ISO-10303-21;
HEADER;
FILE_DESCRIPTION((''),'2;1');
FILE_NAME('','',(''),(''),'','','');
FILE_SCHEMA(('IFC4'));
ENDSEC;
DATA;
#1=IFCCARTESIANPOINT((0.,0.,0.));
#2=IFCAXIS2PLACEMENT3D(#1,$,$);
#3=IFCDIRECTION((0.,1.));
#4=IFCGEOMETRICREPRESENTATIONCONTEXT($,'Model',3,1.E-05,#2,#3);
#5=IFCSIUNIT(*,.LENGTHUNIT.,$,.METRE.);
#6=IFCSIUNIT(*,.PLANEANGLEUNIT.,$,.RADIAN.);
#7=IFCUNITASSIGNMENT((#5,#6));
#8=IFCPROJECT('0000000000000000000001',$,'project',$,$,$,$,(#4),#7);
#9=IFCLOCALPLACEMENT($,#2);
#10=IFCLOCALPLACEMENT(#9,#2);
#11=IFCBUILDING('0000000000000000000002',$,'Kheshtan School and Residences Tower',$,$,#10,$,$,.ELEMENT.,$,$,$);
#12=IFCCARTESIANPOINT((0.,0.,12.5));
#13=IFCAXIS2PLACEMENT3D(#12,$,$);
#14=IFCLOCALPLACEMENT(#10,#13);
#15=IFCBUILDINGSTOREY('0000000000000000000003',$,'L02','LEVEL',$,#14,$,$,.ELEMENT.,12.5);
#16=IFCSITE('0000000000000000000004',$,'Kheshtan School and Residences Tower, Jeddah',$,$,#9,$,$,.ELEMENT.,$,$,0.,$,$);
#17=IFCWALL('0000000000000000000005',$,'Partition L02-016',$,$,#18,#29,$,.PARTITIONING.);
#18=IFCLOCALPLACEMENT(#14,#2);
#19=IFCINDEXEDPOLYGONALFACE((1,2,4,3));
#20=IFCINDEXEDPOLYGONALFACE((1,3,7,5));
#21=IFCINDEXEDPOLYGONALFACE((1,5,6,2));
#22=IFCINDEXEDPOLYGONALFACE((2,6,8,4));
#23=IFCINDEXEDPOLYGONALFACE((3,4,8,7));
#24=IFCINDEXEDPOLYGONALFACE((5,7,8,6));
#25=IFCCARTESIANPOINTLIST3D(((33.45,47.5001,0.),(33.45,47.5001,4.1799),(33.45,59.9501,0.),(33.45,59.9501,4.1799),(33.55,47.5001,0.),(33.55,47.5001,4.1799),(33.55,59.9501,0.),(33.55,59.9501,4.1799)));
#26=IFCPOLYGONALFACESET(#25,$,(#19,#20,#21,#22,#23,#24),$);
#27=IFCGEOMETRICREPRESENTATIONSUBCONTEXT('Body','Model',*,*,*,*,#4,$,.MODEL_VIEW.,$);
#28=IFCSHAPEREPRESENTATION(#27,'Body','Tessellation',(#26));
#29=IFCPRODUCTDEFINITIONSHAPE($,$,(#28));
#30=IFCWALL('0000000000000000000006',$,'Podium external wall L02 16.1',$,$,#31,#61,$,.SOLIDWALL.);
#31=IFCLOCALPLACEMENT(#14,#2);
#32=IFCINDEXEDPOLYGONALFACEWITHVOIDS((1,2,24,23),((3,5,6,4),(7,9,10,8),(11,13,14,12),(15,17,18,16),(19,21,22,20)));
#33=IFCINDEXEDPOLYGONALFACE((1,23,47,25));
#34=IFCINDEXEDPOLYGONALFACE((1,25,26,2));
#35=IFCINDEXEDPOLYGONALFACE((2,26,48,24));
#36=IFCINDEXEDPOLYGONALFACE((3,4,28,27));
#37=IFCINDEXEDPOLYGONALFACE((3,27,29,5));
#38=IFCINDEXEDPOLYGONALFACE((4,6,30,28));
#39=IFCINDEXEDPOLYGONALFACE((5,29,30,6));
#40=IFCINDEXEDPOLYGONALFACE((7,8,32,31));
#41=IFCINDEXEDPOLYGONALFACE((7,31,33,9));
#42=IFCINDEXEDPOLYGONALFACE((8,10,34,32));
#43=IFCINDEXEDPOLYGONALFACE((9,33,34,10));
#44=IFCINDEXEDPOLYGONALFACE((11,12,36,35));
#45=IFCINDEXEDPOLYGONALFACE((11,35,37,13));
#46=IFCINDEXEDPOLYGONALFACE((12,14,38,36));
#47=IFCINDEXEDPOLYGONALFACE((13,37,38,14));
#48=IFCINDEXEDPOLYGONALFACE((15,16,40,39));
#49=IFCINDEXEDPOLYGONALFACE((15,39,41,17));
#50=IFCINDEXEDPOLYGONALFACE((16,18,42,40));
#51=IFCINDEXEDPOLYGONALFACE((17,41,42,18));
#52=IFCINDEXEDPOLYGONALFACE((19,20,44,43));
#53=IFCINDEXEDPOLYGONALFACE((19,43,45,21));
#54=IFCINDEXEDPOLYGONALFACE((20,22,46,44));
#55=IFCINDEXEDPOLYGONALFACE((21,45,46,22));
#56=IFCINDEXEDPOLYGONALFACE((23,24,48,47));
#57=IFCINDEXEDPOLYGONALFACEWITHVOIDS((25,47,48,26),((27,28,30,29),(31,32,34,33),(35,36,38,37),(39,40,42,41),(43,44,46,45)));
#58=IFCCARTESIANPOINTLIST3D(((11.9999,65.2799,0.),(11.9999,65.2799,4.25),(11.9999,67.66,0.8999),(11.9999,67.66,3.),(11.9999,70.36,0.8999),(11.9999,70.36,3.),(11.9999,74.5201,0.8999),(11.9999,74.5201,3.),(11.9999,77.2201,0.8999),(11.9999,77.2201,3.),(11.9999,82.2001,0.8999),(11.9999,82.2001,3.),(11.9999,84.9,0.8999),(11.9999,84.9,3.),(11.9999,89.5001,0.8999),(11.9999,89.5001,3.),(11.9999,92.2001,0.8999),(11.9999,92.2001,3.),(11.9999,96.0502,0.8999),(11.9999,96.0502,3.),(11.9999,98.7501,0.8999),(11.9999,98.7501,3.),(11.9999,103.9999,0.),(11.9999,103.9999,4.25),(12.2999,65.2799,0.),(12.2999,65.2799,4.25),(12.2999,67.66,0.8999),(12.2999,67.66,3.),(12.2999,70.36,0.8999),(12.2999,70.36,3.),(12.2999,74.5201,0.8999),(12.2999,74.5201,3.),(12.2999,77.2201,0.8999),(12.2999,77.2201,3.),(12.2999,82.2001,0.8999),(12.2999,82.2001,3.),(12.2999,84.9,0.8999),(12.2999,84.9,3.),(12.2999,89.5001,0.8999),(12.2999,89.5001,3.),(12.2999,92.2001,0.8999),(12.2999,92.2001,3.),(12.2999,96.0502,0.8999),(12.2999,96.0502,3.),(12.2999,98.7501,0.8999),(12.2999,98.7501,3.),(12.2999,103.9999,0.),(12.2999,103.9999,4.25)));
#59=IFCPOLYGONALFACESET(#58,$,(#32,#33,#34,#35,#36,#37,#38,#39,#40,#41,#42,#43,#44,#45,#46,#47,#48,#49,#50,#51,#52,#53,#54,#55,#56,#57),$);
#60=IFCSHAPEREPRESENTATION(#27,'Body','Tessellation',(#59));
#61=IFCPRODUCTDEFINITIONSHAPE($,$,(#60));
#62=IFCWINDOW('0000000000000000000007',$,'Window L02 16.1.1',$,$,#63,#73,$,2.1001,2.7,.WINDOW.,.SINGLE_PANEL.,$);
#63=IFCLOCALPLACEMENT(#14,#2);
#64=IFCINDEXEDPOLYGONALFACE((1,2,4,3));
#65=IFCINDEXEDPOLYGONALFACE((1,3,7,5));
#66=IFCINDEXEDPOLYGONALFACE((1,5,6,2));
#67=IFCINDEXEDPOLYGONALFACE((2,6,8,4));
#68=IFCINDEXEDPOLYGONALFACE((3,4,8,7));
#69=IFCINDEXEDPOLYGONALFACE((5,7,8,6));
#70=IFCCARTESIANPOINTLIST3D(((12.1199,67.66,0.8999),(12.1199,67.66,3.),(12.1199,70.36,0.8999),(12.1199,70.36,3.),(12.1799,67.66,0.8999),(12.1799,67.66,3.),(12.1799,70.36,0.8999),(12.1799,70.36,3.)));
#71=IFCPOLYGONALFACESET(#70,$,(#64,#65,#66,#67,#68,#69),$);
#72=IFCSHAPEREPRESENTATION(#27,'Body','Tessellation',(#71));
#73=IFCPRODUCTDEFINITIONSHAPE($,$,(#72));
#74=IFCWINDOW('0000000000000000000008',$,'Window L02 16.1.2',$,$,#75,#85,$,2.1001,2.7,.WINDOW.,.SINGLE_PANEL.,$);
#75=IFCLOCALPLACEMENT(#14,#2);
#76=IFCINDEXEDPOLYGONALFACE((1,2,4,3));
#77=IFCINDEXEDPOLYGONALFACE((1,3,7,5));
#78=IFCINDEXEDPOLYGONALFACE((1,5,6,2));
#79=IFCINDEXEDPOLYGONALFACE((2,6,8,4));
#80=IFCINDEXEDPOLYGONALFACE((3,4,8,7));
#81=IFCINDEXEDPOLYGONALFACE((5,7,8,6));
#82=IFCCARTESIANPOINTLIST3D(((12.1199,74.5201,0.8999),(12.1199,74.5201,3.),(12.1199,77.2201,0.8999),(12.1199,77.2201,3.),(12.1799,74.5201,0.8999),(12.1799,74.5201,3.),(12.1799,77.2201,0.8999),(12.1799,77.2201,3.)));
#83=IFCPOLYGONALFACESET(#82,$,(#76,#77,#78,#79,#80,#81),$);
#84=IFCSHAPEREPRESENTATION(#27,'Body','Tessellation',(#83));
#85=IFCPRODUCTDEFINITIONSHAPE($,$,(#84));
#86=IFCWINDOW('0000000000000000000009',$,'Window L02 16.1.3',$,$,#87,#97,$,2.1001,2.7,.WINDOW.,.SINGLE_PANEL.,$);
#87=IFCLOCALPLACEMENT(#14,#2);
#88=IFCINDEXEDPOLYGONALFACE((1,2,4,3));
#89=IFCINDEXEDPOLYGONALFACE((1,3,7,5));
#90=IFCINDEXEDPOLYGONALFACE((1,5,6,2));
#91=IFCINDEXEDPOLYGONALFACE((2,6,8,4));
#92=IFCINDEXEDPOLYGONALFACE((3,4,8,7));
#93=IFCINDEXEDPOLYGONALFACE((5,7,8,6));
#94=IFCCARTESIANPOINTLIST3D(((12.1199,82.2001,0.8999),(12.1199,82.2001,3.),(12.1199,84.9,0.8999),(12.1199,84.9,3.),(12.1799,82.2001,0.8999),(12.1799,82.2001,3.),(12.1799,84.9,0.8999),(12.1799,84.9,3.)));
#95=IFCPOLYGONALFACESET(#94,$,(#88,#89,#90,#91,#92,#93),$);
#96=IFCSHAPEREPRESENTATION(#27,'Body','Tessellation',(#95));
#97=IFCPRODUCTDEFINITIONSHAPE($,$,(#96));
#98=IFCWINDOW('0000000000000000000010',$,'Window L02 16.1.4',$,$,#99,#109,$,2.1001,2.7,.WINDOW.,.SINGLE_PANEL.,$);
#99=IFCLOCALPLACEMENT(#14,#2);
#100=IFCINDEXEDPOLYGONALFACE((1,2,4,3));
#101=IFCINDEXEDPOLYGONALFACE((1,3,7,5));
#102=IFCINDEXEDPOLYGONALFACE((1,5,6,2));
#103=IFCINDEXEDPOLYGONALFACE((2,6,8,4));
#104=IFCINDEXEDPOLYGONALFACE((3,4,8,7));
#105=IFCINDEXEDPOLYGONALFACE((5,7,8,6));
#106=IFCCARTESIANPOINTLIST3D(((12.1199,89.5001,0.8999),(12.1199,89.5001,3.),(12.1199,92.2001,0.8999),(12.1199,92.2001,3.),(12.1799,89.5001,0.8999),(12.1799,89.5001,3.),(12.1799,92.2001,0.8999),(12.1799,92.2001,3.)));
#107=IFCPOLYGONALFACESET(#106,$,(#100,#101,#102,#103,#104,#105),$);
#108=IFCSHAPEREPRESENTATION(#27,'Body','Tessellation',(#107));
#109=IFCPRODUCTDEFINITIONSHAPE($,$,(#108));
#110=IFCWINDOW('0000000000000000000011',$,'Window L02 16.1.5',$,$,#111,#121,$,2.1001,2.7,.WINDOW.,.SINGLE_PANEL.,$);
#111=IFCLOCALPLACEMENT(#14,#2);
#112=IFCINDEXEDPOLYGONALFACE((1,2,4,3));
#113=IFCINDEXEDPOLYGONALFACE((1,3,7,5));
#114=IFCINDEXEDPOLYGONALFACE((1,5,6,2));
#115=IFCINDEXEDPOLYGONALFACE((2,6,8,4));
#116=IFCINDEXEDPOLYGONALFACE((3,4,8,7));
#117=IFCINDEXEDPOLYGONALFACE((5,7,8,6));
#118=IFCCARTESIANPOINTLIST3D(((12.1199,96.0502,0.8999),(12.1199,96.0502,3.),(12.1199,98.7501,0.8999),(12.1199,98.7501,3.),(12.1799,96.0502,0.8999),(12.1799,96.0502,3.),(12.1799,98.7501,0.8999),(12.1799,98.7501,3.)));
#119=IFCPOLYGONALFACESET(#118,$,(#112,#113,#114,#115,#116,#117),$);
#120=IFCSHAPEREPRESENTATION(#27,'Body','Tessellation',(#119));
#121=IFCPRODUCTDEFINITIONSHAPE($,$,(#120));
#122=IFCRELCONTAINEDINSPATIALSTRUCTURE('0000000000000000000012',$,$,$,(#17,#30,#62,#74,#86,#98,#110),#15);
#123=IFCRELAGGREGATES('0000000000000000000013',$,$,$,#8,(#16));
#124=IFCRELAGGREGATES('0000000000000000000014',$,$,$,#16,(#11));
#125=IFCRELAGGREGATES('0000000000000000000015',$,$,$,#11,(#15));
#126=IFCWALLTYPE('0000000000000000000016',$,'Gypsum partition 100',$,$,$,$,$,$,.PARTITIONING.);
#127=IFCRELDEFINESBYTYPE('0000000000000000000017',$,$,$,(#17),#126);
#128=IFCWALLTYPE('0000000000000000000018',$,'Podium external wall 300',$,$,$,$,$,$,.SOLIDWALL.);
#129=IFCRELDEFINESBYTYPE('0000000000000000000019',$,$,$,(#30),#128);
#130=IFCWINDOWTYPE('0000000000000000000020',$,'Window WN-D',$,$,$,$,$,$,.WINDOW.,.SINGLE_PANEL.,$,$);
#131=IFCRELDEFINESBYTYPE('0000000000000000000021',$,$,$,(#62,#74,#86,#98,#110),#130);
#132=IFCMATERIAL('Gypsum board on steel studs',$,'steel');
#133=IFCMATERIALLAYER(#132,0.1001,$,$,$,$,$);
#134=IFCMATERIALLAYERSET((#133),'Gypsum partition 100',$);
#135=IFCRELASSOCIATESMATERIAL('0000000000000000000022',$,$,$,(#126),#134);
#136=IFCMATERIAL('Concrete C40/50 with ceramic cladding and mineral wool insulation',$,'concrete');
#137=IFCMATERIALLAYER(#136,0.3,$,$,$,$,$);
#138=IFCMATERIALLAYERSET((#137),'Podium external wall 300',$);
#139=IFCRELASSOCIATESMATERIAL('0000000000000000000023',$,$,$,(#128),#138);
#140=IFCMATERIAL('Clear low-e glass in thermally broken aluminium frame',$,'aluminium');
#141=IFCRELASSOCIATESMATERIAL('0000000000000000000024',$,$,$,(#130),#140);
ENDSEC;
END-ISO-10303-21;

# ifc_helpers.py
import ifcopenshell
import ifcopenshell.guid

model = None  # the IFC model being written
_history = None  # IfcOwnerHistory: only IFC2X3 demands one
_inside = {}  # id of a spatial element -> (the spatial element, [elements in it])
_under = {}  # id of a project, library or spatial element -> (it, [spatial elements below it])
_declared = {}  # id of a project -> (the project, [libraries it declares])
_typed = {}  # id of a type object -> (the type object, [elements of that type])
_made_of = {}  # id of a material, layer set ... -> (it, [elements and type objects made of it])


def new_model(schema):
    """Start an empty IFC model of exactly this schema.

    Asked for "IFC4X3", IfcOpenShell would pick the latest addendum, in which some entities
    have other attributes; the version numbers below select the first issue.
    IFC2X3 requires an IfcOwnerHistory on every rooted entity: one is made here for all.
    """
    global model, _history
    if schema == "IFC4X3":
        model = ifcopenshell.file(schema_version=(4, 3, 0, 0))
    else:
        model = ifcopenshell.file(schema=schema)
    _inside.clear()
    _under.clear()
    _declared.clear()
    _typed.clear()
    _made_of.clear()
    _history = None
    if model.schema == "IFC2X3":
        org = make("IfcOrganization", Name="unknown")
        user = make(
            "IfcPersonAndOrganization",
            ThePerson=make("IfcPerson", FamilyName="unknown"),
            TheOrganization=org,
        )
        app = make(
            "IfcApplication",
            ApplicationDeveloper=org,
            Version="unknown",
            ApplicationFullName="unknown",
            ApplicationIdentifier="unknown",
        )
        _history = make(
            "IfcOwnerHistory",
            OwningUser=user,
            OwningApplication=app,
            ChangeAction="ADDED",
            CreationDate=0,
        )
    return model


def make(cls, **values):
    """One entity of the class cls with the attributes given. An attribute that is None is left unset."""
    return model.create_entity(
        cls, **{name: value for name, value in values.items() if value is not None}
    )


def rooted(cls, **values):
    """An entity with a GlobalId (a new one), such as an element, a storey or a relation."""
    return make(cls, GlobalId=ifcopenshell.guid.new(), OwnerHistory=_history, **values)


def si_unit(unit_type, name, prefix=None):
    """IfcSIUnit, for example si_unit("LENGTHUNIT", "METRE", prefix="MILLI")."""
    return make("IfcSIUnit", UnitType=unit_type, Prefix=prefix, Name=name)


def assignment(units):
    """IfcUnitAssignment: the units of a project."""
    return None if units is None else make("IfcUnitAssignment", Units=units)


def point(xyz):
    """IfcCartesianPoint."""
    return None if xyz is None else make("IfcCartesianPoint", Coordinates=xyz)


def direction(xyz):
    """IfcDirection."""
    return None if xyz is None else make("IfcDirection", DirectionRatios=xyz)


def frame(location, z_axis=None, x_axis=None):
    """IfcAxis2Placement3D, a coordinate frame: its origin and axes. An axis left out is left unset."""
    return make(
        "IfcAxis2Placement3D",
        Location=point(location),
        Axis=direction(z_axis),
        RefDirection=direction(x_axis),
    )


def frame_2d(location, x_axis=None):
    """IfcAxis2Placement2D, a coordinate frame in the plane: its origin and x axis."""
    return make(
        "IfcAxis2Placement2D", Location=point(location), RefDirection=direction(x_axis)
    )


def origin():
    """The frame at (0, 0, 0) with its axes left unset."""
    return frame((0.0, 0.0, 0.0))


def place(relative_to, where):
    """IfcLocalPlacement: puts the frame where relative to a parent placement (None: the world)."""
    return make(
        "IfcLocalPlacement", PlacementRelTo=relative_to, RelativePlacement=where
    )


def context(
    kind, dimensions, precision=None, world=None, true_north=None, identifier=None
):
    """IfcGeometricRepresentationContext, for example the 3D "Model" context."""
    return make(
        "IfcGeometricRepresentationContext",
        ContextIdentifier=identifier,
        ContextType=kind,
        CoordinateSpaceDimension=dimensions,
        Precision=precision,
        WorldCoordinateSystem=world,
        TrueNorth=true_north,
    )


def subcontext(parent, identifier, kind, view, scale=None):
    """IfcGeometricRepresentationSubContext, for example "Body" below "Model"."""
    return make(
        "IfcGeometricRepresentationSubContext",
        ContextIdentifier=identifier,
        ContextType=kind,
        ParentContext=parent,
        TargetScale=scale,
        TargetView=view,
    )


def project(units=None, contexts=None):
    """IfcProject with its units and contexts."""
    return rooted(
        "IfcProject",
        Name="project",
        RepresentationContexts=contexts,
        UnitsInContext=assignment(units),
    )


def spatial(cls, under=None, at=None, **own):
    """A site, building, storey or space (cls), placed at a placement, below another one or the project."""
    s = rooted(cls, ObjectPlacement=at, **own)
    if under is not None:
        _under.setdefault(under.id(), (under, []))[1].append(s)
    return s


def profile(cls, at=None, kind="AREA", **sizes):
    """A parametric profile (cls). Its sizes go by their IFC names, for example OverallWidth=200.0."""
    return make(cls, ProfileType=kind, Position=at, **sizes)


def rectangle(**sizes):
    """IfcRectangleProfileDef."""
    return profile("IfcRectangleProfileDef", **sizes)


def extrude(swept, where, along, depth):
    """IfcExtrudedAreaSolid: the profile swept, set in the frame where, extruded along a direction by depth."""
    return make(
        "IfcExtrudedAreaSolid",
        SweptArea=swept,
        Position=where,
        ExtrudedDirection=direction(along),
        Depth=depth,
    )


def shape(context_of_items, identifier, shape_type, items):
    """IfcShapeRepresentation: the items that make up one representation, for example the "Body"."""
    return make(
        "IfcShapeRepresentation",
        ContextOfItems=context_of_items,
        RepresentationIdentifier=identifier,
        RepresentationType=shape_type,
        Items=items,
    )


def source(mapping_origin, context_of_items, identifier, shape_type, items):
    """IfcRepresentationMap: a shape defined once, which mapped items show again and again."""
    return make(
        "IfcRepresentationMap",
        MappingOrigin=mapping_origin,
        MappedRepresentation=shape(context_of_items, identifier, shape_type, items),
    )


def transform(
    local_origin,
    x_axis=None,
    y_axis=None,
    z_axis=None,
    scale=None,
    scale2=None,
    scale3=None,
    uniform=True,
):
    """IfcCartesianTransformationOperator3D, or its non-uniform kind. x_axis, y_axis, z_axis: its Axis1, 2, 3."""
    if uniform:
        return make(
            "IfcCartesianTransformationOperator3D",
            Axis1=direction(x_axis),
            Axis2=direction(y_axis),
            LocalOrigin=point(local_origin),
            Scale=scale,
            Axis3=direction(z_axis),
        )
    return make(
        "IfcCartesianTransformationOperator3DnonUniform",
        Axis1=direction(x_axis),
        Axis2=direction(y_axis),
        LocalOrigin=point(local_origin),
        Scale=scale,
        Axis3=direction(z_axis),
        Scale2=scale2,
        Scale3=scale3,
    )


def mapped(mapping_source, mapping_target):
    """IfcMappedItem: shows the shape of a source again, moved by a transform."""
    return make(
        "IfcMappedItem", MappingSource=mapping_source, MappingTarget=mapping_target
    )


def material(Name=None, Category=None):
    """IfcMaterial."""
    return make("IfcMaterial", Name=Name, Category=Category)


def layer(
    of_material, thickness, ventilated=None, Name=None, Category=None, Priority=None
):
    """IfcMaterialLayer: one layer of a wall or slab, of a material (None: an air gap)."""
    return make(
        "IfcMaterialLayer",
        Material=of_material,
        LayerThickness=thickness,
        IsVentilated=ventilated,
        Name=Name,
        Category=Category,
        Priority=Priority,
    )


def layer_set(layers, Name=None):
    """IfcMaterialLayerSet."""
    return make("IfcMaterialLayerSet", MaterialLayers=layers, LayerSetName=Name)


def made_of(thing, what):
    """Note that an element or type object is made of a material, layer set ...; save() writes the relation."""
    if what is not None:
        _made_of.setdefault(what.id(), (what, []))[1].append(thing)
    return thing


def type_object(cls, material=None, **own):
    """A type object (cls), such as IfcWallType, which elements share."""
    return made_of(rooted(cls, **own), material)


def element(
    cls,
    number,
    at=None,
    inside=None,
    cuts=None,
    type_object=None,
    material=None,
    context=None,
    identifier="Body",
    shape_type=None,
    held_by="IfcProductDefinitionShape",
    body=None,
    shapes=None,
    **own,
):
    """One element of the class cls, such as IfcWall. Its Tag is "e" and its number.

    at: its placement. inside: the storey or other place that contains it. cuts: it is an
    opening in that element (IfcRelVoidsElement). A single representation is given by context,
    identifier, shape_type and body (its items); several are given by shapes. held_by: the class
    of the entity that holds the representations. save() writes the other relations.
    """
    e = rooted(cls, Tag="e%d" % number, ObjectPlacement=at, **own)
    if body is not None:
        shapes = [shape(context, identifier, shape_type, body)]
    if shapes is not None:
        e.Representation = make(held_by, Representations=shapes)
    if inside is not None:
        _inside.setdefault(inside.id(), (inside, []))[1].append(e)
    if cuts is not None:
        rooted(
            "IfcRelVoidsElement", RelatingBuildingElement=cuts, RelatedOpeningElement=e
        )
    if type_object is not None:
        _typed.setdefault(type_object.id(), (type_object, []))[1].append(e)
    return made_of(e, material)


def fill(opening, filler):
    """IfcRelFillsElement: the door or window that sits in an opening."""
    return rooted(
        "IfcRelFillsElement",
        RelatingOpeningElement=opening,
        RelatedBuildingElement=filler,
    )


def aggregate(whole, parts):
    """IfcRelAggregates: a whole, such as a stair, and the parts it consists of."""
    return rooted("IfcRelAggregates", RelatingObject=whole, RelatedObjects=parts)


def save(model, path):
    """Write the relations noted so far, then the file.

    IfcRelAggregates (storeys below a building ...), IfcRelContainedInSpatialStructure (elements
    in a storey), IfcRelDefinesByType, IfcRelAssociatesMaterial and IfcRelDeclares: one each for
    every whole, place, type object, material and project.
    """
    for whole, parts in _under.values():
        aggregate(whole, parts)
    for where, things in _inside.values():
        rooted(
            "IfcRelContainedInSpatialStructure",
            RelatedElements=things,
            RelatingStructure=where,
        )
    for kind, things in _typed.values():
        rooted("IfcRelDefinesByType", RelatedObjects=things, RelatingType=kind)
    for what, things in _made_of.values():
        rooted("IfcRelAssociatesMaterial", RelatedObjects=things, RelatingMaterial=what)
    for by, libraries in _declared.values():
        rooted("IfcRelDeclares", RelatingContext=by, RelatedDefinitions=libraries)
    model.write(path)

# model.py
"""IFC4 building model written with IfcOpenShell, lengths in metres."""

from ifc_helpers import new_model, si_unit, direction, frame, frame_2d, origin, place, context, subcontext, project, spatial, rectangle, extrude, source, transform, mapped, material, layer, layer_set, type_object, element, fill, save


model = new_model("IFC4")

# Units and contexts
model_context = context("Model", 3, precision=1e-05, world=origin(), true_north=direction((0.0, 1.0)))
body_context = subcontext(model_context, "Body", "Model", "MODEL_VIEW")
ifc_project = project(units=[si_unit("LENGTHUNIT", "METRE"), si_unit("PLANEANGLEUNIT", "RADIAN")], contexts=[model_context])

# Site, building, storey
site_placement = place(None, origin())
site = spatial("IfcSite", under=ifc_project, at=site_placement, Name="Kheshtan School and Residences Tower, Jeddah", CompositionType="ELEMENT", RefElevation=0.0)
building_placement = place(site_placement, origin())
building = spatial("IfcBuilding", under=site, at=building_placement, Name="Kheshtan School and Residences Tower", CompositionType="ELEMENT")
storey_placement = place(building_placement, frame((0.0, 0.0, 12.5)))
storey = spatial("IfcBuildingStorey", under=building, at=storey_placement, Name="L02", Description="LEVEL", CompositionType="ELEMENT", Elevation=12.5)

# Shared definitions
ifc_material_1 = material(Name="Clear low-e glass in thermally broken aluminium frame", Category="aluminium")

# Wall
ifc_material_2 = material(Name="Gypsum board on steel studs", Category="steel")
ifc_layer_1 = layer(ifc_material_2, 0.1001)
ifc_layer_set_1 = layer_set([ifc_layer_1], Name="Gypsum partition 100")
wall_type_1 = type_object("IfcWallType", Name="Gypsum partition 100", PredefinedType="PARTITIONING", material=ifc_layer_set_1)
wall_1_placement = place(storey_placement, frame((33.5, 47.5, 0.0), z_axis=(0.0, 0.0, 1.0), x_axis=(0.0, 1.0, 0.0)))
element("IfcWall", 1, at=wall_1_placement, inside=storey, type_object=wall_type_1, Name="Partition L02-016", PredefinedType="PARTITIONING", context=body_context, shape_type="SweptSolid", body=[
    extrude(rectangle(XDim=12.45, YDim=0.1001, at=frame_2d((6.2251, 0.0))), origin(), (0.0, 0.0, 1.0), 4.1799),
])

# Wall, openings, windows
ifc_material_3 = material(Name="Concrete C40/50 with ceramic cladding and mineral wool insulation", Category="concrete")
ifc_layer_2 = layer(ifc_material_3, 0.3)
ifc_layer_set_2 = layer_set([ifc_layer_2], Name="Podium external wall 300")
wall_type_2 = type_object("IfcWallType", Name="Podium external wall 300", PredefinedType="SOLIDWALL", material=ifc_layer_set_2)
wall_2_placement = place(storey_placement, frame((12.1499, 65.28, 0.0), z_axis=(0.0, 0.0, 1.0), x_axis=(0.0, 1.0, 0.0)))
wall_2 = element("IfcWall", 2, at=wall_2_placement, inside=storey, type_object=wall_type_2, Name="Podium external wall L02 16.1", PredefinedType="SOLIDWALL", context=body_context, shape_type="SweptSolid", body=[
    extrude(rectangle(XDim=38.72, YDim=0.3, at=frame_2d((19.3599, 0.0))), origin(), (0.0, 0.0, 1.0), 4.25),
])
opening_1_placement = place(wall_2_placement, frame((2.3799, 0.0, 0.8999)))
opening_1 = element("IfcOpeningElement", 3, at=opening_1_placement, cuts=wall_2, PredefinedType="OPENING", context=body_context, shape_type="SweptSolid", body=[
    extrude(rectangle(XDim=2.7, YDim=2.1001, at=frame_2d((1.3501, 1.05))), frame((0.0, 0.1602, 0.0), z_axis=(0.0, -1.0, 0.0), x_axis=(1.0, 0.0, 0.0)), (0.0, 0.0, 1.0), 0.3201),
])
opening_2_placement = place(wall_2_placement, frame((9.24, 0.0, 0.8999)))
opening_2 = element("IfcOpeningElement", 4, at=opening_2_placement, cuts=wall_2, PredefinedType="OPENING", context=body_context, shape_type="SweptSolid", body=[
    extrude(rectangle(XDim=2.7, YDim=2.1001, at=frame_2d((1.3501, 1.05))), frame((0.0, 0.1602, 0.0), z_axis=(0.0, -1.0, 0.0), x_axis=(1.0, 0.0, 0.0)), (0.0, 0.0, 1.0), 0.3201),
])
opening_3_placement = place(wall_2_placement, frame((16.9199, 0.0, 0.8999)))
opening_3 = element("IfcOpeningElement", 5, at=opening_3_placement, cuts=wall_2, PredefinedType="OPENING", context=body_context, shape_type="SweptSolid", body=[
    extrude(rectangle(XDim=2.7, YDim=2.1001, at=frame_2d((1.3501, 1.05))), frame((0.0, 0.1602, 0.0), z_axis=(0.0, -1.0, 0.0), x_axis=(1.0, 0.0, 0.0)), (0.0, 0.0, 1.0), 0.3201),
])
opening_4_placement = place(wall_2_placement, frame((24.22, 0.0, 0.8999)))
opening_4 = element("IfcOpeningElement", 6, at=opening_4_placement, cuts=wall_2, PredefinedType="OPENING", context=body_context, shape_type="SweptSolid", body=[
    extrude(rectangle(XDim=2.7, YDim=2.1001, at=frame_2d((1.3501, 1.05))), frame((0.0, 0.1602, 0.0), z_axis=(0.0, -1.0, 0.0), x_axis=(1.0, 0.0, 0.0)), (0.0, 0.0, 1.0), 0.3201),
])
opening_5_placement = place(wall_2_placement, frame((30.77, 0.0, 0.8999)))
opening_5 = element("IfcOpeningElement", 7, at=opening_5_placement, cuts=wall_2, PredefinedType="OPENING", context=body_context, shape_type="SweptSolid", body=[
    extrude(rectangle(XDim=2.7, YDim=2.1001, at=frame_2d((1.3501, 1.05))), frame((0.0, 0.1602, 0.0), z_axis=(0.0, -1.0, 0.0), x_axis=(1.0, 0.0, 0.0)), (0.0, 0.0, 1.0), 0.3201),
])
window_type = type_object("IfcWindowType", Name="Window WN-D", PartitioningType="SINGLE_PANEL", PredefinedType="WINDOW", material=ifc_material_1)
shared_shape = source(origin(), body_context, "Body", "SweptSolid", [
    extrude(rectangle(XDim=2.7, YDim=2.1001, at=frame_2d((1.3501, 1.05))), frame((0.0, 0.03, 0.0), z_axis=(0.0, -1.0, 0.0), x_axis=(1.0, 0.0, 0.0)), (0.0, 0.0, 1.0), 0.0601),
])
window_1_placement = place(opening_1_placement, origin())
window_1 = element("IfcWindow", 8, at=window_1_placement, inside=storey, type_object=window_type, Name="Window L02 16.1.1", OverallHeight=2.1001, OverallWidth=2.7, PartitioningType="SINGLE_PANEL", PredefinedType="WINDOW", context=body_context, shape_type="MappedRepresentation", body=[
    mapped(shared_shape, transform((0.0, 0.0, 0.0), x_axis=(1.0, 0.0, 0.0), y_axis=(0.0, 1.0, 0.0), z_axis=(0.0, 0.0, 1.0), scale=1.0)),
])
fill(opening_1, window_1)
window_2_placement = place(opening_2_placement, origin())
window_2 = element("IfcWindow", 9, at=window_2_placement, inside=storey, type_object=window_type, Name="Window L02 16.1.2", OverallHeight=2.1001, OverallWidth=2.7, PartitioningType="SINGLE_PANEL", PredefinedType="WINDOW", context=body_context, shape_type="MappedRepresentation", body=[
    mapped(shared_shape, transform((0.0, 0.0, 0.0), x_axis=(1.0, 0.0, 0.0), y_axis=(0.0, 1.0, 0.0), z_axis=(0.0, 0.0, 1.0), scale=1.0)),
])
fill(opening_2, window_2)
window_3_placement = place(opening_3_placement, origin())
window_3 = element("IfcWindow", 10, at=window_3_placement, inside=storey, type_object=window_type, Name="Window L02 16.1.3", OverallHeight=2.1001, OverallWidth=2.7, PartitioningType="SINGLE_PANEL", PredefinedType="WINDOW", context=body_context, shape_type="MappedRepresentation", body=[
    mapped(shared_shape, transform((0.0, 0.0, 0.0), x_axis=(1.0, 0.0, 0.0), y_axis=(0.0, 1.0, 0.0), z_axis=(0.0, 0.0, 1.0), scale=1.0)),
])
fill(opening_3, window_3)
window_4_placement = place(opening_4_placement, origin())
window_4 = element("IfcWindow", 11, at=window_4_placement, inside=storey, type_object=window_type, Name="Window L02 16.1.4", OverallHeight=2.1001, OverallWidth=2.7, PartitioningType="SINGLE_PANEL", PredefinedType="WINDOW", context=body_context, shape_type="MappedRepresentation", body=[
    mapped(shared_shape, transform((0.0, 0.0, 0.0), x_axis=(1.0, 0.0, 0.0), y_axis=(0.0, 1.0, 0.0), z_axis=(0.0, 0.0, 1.0), scale=1.0)),
])
fill(opening_4, window_4)
window_5_placement = place(opening_5_placement, origin())
window_5 = element("IfcWindow", 12, at=window_5_placement, inside=storey, type_object=window_type, Name="Window L02 16.1.5", OverallHeight=2.1001, OverallWidth=2.7, PartitioningType="SINGLE_PANEL", PredefinedType="WINDOW", context=body_context, shape_type="MappedRepresentation", body=[
    mapped(shared_shape, transform((0.0, 0.0, 0.0), x_axis=(1.0, 0.0, 0.0), y_axis=(0.0, 1.0, 0.0), z_axis=(0.0, 0.0, 1.0), scale=1.0)),
])
fill(opening_5, window_5)

save(model, "model.ifc")
